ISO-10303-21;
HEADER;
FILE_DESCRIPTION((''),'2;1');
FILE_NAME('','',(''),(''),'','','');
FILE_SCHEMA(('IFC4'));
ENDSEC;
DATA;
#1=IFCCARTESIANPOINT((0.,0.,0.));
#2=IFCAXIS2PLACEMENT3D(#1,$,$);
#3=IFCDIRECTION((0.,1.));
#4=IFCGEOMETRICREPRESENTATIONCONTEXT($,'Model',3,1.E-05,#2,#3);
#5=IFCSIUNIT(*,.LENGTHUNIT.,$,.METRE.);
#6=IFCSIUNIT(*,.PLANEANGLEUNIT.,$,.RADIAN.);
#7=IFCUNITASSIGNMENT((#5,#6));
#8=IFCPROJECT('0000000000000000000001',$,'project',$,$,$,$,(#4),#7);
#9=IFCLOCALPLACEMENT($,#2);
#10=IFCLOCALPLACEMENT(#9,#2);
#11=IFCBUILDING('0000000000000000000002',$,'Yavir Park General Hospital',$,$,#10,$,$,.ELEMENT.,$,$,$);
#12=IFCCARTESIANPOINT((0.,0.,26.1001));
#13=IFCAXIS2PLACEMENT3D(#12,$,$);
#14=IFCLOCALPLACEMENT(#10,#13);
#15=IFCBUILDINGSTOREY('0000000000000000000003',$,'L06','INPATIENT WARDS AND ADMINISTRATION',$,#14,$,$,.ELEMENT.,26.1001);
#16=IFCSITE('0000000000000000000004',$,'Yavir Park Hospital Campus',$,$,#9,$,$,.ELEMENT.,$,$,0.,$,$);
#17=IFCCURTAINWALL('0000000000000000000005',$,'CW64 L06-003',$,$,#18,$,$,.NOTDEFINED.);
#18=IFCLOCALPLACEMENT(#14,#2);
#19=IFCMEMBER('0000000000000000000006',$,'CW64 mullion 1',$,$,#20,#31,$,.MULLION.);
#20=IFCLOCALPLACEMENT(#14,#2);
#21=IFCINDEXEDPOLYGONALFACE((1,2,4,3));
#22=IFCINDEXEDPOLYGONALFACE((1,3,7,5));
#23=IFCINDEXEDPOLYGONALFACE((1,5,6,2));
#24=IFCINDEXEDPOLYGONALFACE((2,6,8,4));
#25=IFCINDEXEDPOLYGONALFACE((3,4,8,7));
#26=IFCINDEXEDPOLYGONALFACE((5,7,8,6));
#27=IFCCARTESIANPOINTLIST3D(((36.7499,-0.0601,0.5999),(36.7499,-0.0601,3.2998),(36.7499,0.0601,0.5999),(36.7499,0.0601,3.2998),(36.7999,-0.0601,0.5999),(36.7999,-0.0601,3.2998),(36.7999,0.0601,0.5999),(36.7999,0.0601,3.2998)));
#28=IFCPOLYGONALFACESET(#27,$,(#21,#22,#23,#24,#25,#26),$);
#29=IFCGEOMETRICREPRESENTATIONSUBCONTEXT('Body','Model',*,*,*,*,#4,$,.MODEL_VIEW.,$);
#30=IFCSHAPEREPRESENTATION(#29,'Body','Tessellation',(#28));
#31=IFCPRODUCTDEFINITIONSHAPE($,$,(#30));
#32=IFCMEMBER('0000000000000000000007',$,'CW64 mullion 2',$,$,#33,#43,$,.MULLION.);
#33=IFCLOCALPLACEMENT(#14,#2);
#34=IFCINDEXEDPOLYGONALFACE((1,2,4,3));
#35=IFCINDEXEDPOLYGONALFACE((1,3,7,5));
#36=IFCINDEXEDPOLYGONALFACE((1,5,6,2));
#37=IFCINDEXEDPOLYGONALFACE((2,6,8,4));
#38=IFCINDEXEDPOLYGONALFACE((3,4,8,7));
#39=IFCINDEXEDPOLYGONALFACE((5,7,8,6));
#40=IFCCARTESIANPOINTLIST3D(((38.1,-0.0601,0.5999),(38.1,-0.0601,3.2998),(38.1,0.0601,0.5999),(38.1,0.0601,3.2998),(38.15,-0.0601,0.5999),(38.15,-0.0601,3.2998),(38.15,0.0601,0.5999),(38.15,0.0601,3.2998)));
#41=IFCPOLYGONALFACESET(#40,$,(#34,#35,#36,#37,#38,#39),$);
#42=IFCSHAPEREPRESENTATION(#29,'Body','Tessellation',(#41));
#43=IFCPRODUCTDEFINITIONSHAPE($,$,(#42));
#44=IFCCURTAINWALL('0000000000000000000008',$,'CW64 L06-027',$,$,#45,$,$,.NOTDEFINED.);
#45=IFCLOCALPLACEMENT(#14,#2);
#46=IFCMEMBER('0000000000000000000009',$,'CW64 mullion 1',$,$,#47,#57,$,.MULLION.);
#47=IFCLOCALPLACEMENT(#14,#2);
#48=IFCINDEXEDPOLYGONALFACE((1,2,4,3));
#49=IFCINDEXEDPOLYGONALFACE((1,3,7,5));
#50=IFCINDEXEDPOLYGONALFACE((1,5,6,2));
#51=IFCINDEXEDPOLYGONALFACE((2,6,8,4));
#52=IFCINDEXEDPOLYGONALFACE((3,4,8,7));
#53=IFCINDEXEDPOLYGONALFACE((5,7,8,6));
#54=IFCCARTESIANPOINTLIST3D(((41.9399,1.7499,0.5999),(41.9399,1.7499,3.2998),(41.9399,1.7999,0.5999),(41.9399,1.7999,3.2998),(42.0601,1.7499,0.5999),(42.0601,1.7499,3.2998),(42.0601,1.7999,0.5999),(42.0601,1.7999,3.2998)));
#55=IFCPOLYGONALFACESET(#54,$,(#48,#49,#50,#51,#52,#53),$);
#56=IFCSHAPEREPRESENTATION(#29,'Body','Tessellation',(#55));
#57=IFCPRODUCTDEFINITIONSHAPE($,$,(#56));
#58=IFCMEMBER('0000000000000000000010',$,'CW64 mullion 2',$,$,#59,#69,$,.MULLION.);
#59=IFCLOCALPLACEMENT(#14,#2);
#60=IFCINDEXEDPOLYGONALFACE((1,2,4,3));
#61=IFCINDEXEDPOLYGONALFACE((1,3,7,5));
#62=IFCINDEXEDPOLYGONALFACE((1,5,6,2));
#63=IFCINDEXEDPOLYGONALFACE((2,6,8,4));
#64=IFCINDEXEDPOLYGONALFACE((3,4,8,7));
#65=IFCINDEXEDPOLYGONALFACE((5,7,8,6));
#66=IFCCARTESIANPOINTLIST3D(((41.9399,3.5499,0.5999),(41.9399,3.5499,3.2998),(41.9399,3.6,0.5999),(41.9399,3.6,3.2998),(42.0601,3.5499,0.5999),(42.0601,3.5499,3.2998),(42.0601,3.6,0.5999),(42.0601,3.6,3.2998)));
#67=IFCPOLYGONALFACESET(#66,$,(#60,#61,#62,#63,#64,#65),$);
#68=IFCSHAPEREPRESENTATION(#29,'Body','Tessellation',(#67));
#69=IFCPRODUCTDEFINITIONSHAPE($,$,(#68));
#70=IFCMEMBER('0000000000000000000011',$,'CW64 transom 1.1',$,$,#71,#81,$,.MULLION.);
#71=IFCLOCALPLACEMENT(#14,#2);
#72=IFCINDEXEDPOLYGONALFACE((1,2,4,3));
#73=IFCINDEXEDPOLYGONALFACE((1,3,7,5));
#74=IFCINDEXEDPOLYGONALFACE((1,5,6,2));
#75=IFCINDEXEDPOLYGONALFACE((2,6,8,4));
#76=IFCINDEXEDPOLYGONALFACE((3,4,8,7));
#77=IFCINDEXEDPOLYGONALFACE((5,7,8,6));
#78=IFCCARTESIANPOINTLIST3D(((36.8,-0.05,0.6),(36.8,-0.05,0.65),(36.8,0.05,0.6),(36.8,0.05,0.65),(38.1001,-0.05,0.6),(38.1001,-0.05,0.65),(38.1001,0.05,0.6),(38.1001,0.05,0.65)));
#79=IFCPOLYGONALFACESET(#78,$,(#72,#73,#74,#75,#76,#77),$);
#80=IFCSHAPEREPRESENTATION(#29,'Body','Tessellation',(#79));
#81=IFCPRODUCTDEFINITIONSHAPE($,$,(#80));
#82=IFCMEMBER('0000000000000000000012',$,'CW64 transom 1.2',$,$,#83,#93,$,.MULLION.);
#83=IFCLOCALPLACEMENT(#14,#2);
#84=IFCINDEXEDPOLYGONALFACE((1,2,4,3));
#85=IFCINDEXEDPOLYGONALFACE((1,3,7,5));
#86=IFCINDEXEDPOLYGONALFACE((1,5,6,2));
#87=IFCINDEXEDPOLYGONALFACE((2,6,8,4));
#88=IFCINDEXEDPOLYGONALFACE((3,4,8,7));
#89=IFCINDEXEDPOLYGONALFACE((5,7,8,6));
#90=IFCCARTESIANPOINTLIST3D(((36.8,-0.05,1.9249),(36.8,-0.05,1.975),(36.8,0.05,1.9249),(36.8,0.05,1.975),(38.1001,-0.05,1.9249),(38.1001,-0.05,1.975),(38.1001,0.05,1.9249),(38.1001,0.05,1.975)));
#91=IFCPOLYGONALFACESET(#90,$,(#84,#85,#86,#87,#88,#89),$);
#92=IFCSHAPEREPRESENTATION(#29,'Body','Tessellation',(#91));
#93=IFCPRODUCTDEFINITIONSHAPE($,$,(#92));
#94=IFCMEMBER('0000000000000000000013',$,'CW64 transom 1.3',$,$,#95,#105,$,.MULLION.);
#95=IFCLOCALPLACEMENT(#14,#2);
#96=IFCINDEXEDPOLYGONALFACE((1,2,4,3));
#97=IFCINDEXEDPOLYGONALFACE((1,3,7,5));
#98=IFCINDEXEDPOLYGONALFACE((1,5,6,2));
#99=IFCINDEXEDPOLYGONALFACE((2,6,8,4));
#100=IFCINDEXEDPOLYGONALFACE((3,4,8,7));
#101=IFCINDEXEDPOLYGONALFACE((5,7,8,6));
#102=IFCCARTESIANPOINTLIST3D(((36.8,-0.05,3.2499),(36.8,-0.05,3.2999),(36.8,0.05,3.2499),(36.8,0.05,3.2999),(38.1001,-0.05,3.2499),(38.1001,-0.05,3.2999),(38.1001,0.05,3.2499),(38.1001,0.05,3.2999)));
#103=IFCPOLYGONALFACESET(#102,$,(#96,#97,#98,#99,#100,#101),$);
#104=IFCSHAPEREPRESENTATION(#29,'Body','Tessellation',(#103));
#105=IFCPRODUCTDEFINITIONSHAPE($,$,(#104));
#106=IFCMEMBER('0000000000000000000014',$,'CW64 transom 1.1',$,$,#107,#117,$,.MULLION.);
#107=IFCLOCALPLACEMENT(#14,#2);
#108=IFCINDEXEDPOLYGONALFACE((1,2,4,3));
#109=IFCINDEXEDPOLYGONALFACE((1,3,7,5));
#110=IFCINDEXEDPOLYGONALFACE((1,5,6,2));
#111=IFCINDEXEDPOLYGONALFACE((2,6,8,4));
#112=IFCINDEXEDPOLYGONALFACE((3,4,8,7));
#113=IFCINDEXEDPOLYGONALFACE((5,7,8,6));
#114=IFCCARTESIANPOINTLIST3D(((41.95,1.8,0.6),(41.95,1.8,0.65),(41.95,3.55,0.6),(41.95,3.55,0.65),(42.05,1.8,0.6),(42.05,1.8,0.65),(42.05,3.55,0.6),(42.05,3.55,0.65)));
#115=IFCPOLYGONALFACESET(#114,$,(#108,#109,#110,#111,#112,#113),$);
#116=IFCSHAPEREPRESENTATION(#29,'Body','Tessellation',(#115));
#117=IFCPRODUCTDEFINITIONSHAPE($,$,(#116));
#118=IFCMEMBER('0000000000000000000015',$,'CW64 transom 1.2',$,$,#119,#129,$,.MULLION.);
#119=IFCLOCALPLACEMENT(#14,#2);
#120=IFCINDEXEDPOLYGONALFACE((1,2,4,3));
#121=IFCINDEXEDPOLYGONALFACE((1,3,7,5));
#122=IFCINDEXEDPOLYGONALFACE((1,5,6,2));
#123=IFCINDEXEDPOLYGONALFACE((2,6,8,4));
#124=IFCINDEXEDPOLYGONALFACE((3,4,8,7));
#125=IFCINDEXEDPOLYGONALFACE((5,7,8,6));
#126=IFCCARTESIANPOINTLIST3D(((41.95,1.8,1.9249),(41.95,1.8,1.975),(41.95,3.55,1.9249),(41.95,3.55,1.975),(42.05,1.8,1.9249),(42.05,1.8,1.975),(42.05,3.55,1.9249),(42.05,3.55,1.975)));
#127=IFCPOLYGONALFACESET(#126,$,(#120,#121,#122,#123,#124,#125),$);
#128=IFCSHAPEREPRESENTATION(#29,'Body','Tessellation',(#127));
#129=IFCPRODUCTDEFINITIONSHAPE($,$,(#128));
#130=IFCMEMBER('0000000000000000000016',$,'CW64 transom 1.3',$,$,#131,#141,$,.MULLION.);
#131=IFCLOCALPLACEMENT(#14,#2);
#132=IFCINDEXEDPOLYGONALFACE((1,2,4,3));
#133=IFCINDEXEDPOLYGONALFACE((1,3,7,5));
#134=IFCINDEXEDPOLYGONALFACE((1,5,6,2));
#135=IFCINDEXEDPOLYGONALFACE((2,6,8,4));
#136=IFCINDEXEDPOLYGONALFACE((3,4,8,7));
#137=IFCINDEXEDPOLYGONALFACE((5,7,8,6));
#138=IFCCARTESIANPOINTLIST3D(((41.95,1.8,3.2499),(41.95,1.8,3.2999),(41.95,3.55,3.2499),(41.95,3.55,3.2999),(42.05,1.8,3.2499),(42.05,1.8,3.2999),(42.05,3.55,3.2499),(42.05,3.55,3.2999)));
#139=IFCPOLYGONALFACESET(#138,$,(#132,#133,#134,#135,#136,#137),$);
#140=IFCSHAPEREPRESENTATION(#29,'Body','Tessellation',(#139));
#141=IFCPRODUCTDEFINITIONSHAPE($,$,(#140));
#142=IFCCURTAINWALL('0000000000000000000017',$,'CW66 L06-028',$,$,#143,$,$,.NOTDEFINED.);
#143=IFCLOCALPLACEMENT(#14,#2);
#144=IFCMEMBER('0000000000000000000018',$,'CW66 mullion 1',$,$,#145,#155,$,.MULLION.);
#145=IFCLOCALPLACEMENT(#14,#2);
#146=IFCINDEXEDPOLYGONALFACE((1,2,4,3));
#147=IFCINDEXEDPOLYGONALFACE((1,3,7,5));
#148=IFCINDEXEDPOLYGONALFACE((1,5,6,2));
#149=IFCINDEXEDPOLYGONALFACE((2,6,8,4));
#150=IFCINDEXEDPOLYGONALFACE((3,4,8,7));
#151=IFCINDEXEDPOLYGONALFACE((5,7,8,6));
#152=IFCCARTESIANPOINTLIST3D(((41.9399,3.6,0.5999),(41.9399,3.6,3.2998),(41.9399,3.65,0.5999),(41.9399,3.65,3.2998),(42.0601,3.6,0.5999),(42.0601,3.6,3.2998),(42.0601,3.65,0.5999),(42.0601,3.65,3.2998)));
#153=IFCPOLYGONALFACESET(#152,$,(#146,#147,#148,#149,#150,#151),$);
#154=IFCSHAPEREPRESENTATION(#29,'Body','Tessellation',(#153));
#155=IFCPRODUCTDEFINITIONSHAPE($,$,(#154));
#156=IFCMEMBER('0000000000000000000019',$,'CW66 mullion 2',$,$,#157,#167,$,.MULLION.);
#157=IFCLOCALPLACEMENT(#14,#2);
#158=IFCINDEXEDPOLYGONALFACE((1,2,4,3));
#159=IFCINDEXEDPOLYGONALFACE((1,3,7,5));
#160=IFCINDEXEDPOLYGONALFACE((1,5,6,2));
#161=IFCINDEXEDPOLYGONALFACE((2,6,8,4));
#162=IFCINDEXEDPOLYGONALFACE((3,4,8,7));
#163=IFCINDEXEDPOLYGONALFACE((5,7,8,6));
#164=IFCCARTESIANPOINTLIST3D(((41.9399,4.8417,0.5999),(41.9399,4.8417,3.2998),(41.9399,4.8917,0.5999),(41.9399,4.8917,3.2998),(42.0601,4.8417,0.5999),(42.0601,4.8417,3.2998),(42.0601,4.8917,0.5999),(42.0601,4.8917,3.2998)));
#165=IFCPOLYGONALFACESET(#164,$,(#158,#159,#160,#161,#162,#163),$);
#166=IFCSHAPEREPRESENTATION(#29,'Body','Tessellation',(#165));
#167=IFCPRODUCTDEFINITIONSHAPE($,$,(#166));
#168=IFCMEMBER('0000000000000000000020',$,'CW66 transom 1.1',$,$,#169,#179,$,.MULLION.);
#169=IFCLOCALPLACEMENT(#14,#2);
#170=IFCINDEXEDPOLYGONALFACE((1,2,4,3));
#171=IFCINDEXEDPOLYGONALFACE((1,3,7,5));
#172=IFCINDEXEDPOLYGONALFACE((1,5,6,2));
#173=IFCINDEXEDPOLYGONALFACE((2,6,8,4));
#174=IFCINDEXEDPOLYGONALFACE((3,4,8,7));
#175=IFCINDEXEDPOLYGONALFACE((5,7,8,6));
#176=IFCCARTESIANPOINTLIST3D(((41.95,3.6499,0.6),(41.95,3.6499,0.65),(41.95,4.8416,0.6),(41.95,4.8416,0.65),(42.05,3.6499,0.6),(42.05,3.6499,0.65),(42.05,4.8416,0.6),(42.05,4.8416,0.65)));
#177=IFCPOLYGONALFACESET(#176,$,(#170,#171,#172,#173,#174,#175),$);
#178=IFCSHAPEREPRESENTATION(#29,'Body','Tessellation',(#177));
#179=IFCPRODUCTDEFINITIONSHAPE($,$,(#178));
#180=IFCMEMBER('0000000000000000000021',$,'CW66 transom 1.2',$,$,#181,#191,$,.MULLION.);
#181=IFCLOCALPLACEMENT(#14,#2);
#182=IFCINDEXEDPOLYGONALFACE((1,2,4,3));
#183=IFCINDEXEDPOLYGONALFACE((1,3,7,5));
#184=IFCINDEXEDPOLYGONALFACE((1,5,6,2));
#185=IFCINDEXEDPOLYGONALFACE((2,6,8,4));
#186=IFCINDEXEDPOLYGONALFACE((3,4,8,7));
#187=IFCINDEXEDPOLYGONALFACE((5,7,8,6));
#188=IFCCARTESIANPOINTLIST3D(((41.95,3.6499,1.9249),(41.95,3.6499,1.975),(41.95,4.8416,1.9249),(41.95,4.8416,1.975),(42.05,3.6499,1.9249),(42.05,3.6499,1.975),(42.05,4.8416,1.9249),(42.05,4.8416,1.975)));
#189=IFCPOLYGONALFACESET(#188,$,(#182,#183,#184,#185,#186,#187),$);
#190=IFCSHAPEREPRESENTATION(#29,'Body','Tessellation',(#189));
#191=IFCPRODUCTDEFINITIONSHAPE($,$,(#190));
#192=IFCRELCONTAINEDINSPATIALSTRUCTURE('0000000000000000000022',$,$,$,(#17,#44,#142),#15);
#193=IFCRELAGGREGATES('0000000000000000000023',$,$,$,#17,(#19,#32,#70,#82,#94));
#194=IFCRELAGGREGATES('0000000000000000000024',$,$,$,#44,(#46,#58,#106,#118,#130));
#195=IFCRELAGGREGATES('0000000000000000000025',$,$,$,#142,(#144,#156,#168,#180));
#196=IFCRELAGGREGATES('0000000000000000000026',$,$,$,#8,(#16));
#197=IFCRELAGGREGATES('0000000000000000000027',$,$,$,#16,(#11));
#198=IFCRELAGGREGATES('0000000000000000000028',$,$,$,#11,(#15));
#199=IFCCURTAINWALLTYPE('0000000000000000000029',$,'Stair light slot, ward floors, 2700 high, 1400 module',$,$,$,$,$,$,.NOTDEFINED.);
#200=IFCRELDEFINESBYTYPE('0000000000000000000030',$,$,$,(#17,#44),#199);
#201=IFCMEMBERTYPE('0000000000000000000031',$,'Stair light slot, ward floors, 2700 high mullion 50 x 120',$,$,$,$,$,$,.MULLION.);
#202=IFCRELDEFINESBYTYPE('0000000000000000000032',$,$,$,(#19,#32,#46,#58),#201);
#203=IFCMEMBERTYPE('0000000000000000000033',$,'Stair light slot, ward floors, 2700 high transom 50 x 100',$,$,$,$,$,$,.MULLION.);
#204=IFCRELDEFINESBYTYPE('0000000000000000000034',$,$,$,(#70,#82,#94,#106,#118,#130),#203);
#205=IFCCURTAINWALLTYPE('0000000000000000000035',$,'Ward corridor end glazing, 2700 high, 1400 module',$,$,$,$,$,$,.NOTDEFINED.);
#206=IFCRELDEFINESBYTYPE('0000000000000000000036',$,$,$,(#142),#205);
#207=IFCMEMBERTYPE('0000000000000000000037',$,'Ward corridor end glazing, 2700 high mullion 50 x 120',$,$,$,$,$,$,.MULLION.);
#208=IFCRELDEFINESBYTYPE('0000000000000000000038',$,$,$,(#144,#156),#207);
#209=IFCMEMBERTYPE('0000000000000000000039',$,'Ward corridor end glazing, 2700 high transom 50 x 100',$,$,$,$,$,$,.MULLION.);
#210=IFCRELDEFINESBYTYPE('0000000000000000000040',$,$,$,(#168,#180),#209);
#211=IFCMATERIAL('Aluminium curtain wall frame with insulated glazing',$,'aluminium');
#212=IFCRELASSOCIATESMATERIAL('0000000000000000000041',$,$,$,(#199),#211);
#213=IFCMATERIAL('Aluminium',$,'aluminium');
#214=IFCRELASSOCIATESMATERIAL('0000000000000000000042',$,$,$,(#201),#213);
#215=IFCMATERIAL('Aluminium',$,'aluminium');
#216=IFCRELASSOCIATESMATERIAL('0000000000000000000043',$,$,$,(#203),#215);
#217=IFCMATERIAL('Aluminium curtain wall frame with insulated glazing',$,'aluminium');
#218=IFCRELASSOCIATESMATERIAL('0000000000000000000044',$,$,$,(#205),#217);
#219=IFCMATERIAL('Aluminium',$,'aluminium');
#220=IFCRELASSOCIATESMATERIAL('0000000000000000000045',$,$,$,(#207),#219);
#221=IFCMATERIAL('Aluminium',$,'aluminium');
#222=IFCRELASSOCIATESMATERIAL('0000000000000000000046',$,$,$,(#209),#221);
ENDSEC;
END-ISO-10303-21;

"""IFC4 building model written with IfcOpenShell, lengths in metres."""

from ifc_helpers import new_model, si_unit, direction, frame, origin, origin_2d, place, context, subcontext, project, spatial, rectangle, extrude, material, material_profile, profile_set, type_object, element, aggregate, save


model = new_model("IFC4")

# Units and contexts
model_context = context("Model", 3, precision=1e-05, world=origin(), true_north=direction((0.0, 1.0)))
body_context = subcontext(model_context, "Body", "Model", "MODEL_VIEW")
ifc_project = project(units=[si_unit("LENGTHUNIT", "METRE"), si_unit("PLANEANGLEUNIT", "RADIAN")], contexts=[model_context])

# Site, building, storey
site_placement = place(None, origin())
site = spatial("IfcSite", under=ifc_project, at=site_placement, Name="Yavir Park Hospital Campus", CompositionType="ELEMENT", RefElevation=0.0)
building_placement = place(site_placement, origin())
building = spatial("IfcBuilding", under=site, at=building_placement, Name="Yavir Park General Hospital", CompositionType="ELEMENT")
storey_placement = place(building_placement, frame((0.0, 0.0, 26.1001)))
storey = spatial("IfcBuildingStorey", under=building, at=storey_placement, Name="L06", Description="INPATIENT WARDS AND ADMINISTRATION", CompositionType="ELEMENT", Elevation=26.1001)

# Curtain walls, members
ifc_material_1 = material(Name="Aluminium curtain wall frame with insulated glazing", Category="aluminium")
curtain_wall_type_1 = type_object("IfcCurtainWallType", Name="Stair light slot, ward floors, 2700 high, 1400 module", PredefinedType="NOTDEFINED", material=ifc_material_1)
curtain_wall_1_placement = place(storey_placement, origin())
curtain_wall_1 = element("IfcCurtainWall", 1, at=curtain_wall_1_placement, inside=storey, type_object=curtain_wall_type_1, Name="CW64 L06-003", PredefinedType="NOTDEFINED")
ifc_material_2 = material(Name="Aluminium", Category="aluminium")
ifc_material_profile_1 = material_profile(ifc_material_2, rectangle(XDim=0.1201, YDim=0.05, at=origin_2d()), Name="AL 50x120")
ifc_profile_set_1 = profile_set([ifc_material_profile_1], Name="Aluminium")
member_type_1 = type_object("IfcMemberType", Name="Stair light slot, ward floors, 2700 high mullion 50 x 120", PredefinedType="MULLION", material=ifc_profile_set_1)
member_1_placement = place(storey_placement, frame((36.7749, 0.0, 0.5999), z_axis=(0.0, 0.0, 1.0), x_axis=(0.0, 1.0, 0.0)))
member_1 = element("IfcMember", 2, at=member_1_placement, type_object=member_type_1, Name="CW64 mullion 1", PredefinedType="MULLION", context=body_context, shape_type="SweptSolid", body=[
    extrude(rectangle(XDim=0.1201, YDim=0.05, at=origin_2d()), origin(), (0.0, 0.0, 1.0), 2.7),
])
member_2_placement = place(storey_placement, frame((38.125, 0.0, 0.5999), z_axis=(0.0, 0.0, 1.0), x_axis=(0.0, 1.0, 0.0)))
member_2 = element("IfcMember", 3, at=member_2_placement, type_object=member_type_1, Name="CW64 mullion 2", PredefinedType="MULLION", context=body_context, shape_type="SweptSolid", body=[
    extrude(rectangle(XDim=0.1201, YDim=0.05, at=origin_2d()), origin(), (0.0, 0.0, 1.0), 2.7),
])
curtain_wall_2_placement = place(storey_placement, origin())
curtain_wall_2 = element("IfcCurtainWall", 4, at=curtain_wall_2_placement, inside=storey, type_object=curtain_wall_type_1, Name="CW64 L06-027", PredefinedType="NOTDEFINED")
member_3_placement = place(storey_placement, frame((42.0, 1.7749, 0.5999), z_axis=(0.0, 0.0, 1.0), x_axis=(-1.0, 0.0, 0.0)))
member_3 = element("IfcMember", 5, at=member_3_placement, type_object=member_type_1, Name="CW64 mullion 1", PredefinedType="MULLION", context=body_context, shape_type="SweptSolid", body=[
    extrude(rectangle(XDim=0.1201, YDim=0.05, at=origin_2d()), origin(), (0.0, 0.0, 1.0), 2.7),
])
member_4_placement = place(storey_placement, frame((42.0, 3.575, 0.5999), z_axis=(0.0, 0.0, 1.0), x_axis=(-1.0, 0.0, 0.0)))
member_4 = element("IfcMember", 6, at=member_4_placement, type_object=member_type_1, Name="CW64 mullion 2", PredefinedType="MULLION", context=body_context, shape_type="SweptSolid", body=[
    extrude(rectangle(XDim=0.1201, YDim=0.05, at=origin_2d()), origin(), (0.0, 0.0, 1.0), 2.7),
])

# Members
ifc_material_3 = material(Name="Aluminium", Category="aluminium")
ifc_material_profile_2 = material_profile(ifc_material_3, rectangle(XDim=0.1001, YDim=0.05, at=origin_2d()), Name="AL 100x50")
ifc_profile_set_2 = profile_set([ifc_material_profile_2], Name="Aluminium")
member_type_2 = type_object("IfcMemberType", Name="Stair light slot, ward floors, 2700 high transom 50 x 100", PredefinedType="MULLION", material=ifc_profile_set_2)
member_5_placement = place(storey_placement, frame((36.8, 0.0, 0.625), z_axis=(1.0, 0.0, 0.0), x_axis=(0.0, 1.0, 0.0)))
member_5 = element("IfcMember", 7, at=member_5_placement, type_object=member_type_2, Name="CW64 transom 1.1", PredefinedType="MULLION", context=body_context, shape_type="SweptSolid", body=[
    extrude(rectangle(XDim=0.1001, YDim=0.05, at=origin_2d()), origin(), (0.0, 0.0, 1.0), 1.3),
])
member_6_placement = place(storey_placement, frame((36.8, 0.0, 1.95), z_axis=(1.0, 0.0, 0.0), x_axis=(0.0, 1.0, 0.0)))
member_6 = element("IfcMember", 8, at=member_6_placement, type_object=member_type_2, Name="CW64 transom 1.2", PredefinedType="MULLION", context=body_context, shape_type="SweptSolid", body=[
    extrude(rectangle(XDim=0.1001, YDim=0.05, at=origin_2d()), origin(), (0.0, 0.0, 1.0), 1.3),
])
member_7_placement = place(storey_placement, frame((36.8, 0.0, 3.2749), z_axis=(1.0, 0.0, 0.0), x_axis=(0.0, 1.0, 0.0)))
member_7 = element("IfcMember", 9, at=member_7_placement, type_object=member_type_2, Name="CW64 transom 1.3", PredefinedType="MULLION", context=body_context, shape_type="SweptSolid", body=[
    extrude(rectangle(XDim=0.1001, YDim=0.05, at=origin_2d()), origin(), (0.0, 0.0, 1.0), 1.3),
])
member_8_placement = place(storey_placement, frame((42.0, 1.8, 0.625), z_axis=(0.0, 1.0, 0.0), x_axis=(-1.0, 0.0, 0.0)))
member_8 = element("IfcMember", 10, at=member_8_placement, type_object=member_type_2, Name="CW64 transom 1.1", PredefinedType="MULLION", context=body_context, shape_type="SweptSolid", body=[
    extrude(rectangle(XDim=0.1001, YDim=0.05, at=origin_2d()), origin(), (0.0, 0.0, 1.0), 1.75),
])
member_9_placement = place(storey_placement, frame((42.0, 1.8, 1.95), z_axis=(0.0, 1.0, 0.0), x_axis=(-1.0, 0.0, 0.0)))
member_9 = element("IfcMember", 11, at=member_9_placement, type_object=member_type_2, Name="CW64 transom 1.2", PredefinedType="MULLION", context=body_context, shape_type="SweptSolid", body=[
    extrude(rectangle(XDim=0.1001, YDim=0.05, at=origin_2d()), origin(), (0.0, 0.0, 1.0), 1.75),
])
member_10_placement = place(storey_placement, frame((42.0, 1.8, 3.2749), z_axis=(0.0, 1.0, 0.0), x_axis=(-1.0, 0.0, 0.0)))
member_10 = element("IfcMember", 12, at=member_10_placement, type_object=member_type_2, Name="CW64 transom 1.3", PredefinedType="MULLION", context=body_context, shape_type="SweptSolid", body=[
    extrude(rectangle(XDim=0.1001, YDim=0.05, at=origin_2d()), origin(), (0.0, 0.0, 1.0), 1.75),
])

# Curtain wall, members
ifc_material_4 = material(Name="Aluminium curtain wall frame with insulated glazing", Category="aluminium")
curtain_wall_type_2 = type_object("IfcCurtainWallType", Name="Ward corridor end glazing, 2700 high, 1400 module", PredefinedType="NOTDEFINED", material=ifc_material_4)
curtain_wall_3_placement = place(storey_placement, origin())
curtain_wall_3 = element("IfcCurtainWall", 13, at=curtain_wall_3_placement, inside=storey, type_object=curtain_wall_type_2, Name="CW66 L06-028", PredefinedType="NOTDEFINED")
ifc_material_5 = material(Name="Aluminium", Category="aluminium")
ifc_material_profile_3 = material_profile(ifc_material_5, rectangle(XDim=0.1201, YDim=0.05, at=origin_2d()), Name="AL 50x120")
ifc_profile_set_3 = profile_set([ifc_material_profile_3], Name="Aluminium")
member_type_3 = type_object("IfcMemberType", Name="Ward corridor end glazing, 2700 high mullion 50 x 120", PredefinedType="MULLION", material=ifc_profile_set_3)
member_11_placement = place(storey_placement, frame((42.0, 3.625, 0.5999), z_axis=(0.0, 0.0, 1.0), x_axis=(-1.0, 0.0, 0.0)))
member_11 = element("IfcMember", 14, at=member_11_placement, type_object=member_type_3, Name="CW66 mullion 1", PredefinedType="MULLION", context=body_context, shape_type="SweptSolid", body=[
    extrude(rectangle(XDim=0.1201, YDim=0.05, at=origin_2d()), origin(), (0.0, 0.0, 1.0), 2.7),
])
member_12_placement = place(storey_placement, frame((42.0, 4.8667, 0.5999), z_axis=(0.0, 0.0, 1.0), x_axis=(-1.0, 0.0, 0.0)))
member_12 = element("IfcMember", 15, at=member_12_placement, type_object=member_type_3, Name="CW66 mullion 2", PredefinedType="MULLION", context=body_context, shape_type="SweptSolid", body=[
    extrude(rectangle(XDim=0.1201, YDim=0.05, at=origin_2d()), origin(), (0.0, 0.0, 1.0), 2.7),
])
ifc_material_6 = material(Name="Aluminium", Category="aluminium")
ifc_material_profile_4 = material_profile(ifc_material_6, rectangle(XDim=0.1001, YDim=0.05, at=origin_2d()), Name="AL 100x50")
ifc_profile_set_4 = profile_set([ifc_material_profile_4], Name="Aluminium")
member_type_4 = type_object("IfcMemberType", Name="Ward corridor end glazing, 2700 high transom 50 x 100", PredefinedType="MULLION", material=ifc_profile_set_4)
member_13_placement = place(storey_placement, frame((42.0, 3.6499, 0.625), z_axis=(0.0, 1.0, 0.0), x_axis=(-1.0, 0.0, 0.0)))
member_13 = element("IfcMember", 16, at=member_13_placement, type_object=member_type_4, Name="CW66 transom 1.1", PredefinedType="MULLION", context=body_context, shape_type="SweptSolid", body=[
    extrude(rectangle(XDim=0.1001, YDim=0.05, at=origin_2d()), origin(), (0.0, 0.0, 1.0), 1.1917),
])
member_14_placement = place(storey_placement, frame((42.0, 3.6499, 1.95), z_axis=(0.0, 1.0, 0.0), x_axis=(-1.0, 0.0, 0.0)))
member_14 = element("IfcMember", 17, at=member_14_placement, type_object=member_type_4, Name="CW66 transom 1.2", PredefinedType="MULLION", context=body_context, shape_type="SweptSolid", body=[
    extrude(rectangle(XDim=0.1001, YDim=0.05, at=origin_2d()), origin(), (0.0, 0.0, 1.0), 1.1917),
])

aggregate(curtain_wall_1, [member_1, member_2, member_5, member_6, member_7])
aggregate(curtain_wall_2, [member_3, member_4, member_8, member_9, member_10])
aggregate(curtain_wall_3, [member_11, member_12, member_13, member_14])

save(model, "model.ifc")
